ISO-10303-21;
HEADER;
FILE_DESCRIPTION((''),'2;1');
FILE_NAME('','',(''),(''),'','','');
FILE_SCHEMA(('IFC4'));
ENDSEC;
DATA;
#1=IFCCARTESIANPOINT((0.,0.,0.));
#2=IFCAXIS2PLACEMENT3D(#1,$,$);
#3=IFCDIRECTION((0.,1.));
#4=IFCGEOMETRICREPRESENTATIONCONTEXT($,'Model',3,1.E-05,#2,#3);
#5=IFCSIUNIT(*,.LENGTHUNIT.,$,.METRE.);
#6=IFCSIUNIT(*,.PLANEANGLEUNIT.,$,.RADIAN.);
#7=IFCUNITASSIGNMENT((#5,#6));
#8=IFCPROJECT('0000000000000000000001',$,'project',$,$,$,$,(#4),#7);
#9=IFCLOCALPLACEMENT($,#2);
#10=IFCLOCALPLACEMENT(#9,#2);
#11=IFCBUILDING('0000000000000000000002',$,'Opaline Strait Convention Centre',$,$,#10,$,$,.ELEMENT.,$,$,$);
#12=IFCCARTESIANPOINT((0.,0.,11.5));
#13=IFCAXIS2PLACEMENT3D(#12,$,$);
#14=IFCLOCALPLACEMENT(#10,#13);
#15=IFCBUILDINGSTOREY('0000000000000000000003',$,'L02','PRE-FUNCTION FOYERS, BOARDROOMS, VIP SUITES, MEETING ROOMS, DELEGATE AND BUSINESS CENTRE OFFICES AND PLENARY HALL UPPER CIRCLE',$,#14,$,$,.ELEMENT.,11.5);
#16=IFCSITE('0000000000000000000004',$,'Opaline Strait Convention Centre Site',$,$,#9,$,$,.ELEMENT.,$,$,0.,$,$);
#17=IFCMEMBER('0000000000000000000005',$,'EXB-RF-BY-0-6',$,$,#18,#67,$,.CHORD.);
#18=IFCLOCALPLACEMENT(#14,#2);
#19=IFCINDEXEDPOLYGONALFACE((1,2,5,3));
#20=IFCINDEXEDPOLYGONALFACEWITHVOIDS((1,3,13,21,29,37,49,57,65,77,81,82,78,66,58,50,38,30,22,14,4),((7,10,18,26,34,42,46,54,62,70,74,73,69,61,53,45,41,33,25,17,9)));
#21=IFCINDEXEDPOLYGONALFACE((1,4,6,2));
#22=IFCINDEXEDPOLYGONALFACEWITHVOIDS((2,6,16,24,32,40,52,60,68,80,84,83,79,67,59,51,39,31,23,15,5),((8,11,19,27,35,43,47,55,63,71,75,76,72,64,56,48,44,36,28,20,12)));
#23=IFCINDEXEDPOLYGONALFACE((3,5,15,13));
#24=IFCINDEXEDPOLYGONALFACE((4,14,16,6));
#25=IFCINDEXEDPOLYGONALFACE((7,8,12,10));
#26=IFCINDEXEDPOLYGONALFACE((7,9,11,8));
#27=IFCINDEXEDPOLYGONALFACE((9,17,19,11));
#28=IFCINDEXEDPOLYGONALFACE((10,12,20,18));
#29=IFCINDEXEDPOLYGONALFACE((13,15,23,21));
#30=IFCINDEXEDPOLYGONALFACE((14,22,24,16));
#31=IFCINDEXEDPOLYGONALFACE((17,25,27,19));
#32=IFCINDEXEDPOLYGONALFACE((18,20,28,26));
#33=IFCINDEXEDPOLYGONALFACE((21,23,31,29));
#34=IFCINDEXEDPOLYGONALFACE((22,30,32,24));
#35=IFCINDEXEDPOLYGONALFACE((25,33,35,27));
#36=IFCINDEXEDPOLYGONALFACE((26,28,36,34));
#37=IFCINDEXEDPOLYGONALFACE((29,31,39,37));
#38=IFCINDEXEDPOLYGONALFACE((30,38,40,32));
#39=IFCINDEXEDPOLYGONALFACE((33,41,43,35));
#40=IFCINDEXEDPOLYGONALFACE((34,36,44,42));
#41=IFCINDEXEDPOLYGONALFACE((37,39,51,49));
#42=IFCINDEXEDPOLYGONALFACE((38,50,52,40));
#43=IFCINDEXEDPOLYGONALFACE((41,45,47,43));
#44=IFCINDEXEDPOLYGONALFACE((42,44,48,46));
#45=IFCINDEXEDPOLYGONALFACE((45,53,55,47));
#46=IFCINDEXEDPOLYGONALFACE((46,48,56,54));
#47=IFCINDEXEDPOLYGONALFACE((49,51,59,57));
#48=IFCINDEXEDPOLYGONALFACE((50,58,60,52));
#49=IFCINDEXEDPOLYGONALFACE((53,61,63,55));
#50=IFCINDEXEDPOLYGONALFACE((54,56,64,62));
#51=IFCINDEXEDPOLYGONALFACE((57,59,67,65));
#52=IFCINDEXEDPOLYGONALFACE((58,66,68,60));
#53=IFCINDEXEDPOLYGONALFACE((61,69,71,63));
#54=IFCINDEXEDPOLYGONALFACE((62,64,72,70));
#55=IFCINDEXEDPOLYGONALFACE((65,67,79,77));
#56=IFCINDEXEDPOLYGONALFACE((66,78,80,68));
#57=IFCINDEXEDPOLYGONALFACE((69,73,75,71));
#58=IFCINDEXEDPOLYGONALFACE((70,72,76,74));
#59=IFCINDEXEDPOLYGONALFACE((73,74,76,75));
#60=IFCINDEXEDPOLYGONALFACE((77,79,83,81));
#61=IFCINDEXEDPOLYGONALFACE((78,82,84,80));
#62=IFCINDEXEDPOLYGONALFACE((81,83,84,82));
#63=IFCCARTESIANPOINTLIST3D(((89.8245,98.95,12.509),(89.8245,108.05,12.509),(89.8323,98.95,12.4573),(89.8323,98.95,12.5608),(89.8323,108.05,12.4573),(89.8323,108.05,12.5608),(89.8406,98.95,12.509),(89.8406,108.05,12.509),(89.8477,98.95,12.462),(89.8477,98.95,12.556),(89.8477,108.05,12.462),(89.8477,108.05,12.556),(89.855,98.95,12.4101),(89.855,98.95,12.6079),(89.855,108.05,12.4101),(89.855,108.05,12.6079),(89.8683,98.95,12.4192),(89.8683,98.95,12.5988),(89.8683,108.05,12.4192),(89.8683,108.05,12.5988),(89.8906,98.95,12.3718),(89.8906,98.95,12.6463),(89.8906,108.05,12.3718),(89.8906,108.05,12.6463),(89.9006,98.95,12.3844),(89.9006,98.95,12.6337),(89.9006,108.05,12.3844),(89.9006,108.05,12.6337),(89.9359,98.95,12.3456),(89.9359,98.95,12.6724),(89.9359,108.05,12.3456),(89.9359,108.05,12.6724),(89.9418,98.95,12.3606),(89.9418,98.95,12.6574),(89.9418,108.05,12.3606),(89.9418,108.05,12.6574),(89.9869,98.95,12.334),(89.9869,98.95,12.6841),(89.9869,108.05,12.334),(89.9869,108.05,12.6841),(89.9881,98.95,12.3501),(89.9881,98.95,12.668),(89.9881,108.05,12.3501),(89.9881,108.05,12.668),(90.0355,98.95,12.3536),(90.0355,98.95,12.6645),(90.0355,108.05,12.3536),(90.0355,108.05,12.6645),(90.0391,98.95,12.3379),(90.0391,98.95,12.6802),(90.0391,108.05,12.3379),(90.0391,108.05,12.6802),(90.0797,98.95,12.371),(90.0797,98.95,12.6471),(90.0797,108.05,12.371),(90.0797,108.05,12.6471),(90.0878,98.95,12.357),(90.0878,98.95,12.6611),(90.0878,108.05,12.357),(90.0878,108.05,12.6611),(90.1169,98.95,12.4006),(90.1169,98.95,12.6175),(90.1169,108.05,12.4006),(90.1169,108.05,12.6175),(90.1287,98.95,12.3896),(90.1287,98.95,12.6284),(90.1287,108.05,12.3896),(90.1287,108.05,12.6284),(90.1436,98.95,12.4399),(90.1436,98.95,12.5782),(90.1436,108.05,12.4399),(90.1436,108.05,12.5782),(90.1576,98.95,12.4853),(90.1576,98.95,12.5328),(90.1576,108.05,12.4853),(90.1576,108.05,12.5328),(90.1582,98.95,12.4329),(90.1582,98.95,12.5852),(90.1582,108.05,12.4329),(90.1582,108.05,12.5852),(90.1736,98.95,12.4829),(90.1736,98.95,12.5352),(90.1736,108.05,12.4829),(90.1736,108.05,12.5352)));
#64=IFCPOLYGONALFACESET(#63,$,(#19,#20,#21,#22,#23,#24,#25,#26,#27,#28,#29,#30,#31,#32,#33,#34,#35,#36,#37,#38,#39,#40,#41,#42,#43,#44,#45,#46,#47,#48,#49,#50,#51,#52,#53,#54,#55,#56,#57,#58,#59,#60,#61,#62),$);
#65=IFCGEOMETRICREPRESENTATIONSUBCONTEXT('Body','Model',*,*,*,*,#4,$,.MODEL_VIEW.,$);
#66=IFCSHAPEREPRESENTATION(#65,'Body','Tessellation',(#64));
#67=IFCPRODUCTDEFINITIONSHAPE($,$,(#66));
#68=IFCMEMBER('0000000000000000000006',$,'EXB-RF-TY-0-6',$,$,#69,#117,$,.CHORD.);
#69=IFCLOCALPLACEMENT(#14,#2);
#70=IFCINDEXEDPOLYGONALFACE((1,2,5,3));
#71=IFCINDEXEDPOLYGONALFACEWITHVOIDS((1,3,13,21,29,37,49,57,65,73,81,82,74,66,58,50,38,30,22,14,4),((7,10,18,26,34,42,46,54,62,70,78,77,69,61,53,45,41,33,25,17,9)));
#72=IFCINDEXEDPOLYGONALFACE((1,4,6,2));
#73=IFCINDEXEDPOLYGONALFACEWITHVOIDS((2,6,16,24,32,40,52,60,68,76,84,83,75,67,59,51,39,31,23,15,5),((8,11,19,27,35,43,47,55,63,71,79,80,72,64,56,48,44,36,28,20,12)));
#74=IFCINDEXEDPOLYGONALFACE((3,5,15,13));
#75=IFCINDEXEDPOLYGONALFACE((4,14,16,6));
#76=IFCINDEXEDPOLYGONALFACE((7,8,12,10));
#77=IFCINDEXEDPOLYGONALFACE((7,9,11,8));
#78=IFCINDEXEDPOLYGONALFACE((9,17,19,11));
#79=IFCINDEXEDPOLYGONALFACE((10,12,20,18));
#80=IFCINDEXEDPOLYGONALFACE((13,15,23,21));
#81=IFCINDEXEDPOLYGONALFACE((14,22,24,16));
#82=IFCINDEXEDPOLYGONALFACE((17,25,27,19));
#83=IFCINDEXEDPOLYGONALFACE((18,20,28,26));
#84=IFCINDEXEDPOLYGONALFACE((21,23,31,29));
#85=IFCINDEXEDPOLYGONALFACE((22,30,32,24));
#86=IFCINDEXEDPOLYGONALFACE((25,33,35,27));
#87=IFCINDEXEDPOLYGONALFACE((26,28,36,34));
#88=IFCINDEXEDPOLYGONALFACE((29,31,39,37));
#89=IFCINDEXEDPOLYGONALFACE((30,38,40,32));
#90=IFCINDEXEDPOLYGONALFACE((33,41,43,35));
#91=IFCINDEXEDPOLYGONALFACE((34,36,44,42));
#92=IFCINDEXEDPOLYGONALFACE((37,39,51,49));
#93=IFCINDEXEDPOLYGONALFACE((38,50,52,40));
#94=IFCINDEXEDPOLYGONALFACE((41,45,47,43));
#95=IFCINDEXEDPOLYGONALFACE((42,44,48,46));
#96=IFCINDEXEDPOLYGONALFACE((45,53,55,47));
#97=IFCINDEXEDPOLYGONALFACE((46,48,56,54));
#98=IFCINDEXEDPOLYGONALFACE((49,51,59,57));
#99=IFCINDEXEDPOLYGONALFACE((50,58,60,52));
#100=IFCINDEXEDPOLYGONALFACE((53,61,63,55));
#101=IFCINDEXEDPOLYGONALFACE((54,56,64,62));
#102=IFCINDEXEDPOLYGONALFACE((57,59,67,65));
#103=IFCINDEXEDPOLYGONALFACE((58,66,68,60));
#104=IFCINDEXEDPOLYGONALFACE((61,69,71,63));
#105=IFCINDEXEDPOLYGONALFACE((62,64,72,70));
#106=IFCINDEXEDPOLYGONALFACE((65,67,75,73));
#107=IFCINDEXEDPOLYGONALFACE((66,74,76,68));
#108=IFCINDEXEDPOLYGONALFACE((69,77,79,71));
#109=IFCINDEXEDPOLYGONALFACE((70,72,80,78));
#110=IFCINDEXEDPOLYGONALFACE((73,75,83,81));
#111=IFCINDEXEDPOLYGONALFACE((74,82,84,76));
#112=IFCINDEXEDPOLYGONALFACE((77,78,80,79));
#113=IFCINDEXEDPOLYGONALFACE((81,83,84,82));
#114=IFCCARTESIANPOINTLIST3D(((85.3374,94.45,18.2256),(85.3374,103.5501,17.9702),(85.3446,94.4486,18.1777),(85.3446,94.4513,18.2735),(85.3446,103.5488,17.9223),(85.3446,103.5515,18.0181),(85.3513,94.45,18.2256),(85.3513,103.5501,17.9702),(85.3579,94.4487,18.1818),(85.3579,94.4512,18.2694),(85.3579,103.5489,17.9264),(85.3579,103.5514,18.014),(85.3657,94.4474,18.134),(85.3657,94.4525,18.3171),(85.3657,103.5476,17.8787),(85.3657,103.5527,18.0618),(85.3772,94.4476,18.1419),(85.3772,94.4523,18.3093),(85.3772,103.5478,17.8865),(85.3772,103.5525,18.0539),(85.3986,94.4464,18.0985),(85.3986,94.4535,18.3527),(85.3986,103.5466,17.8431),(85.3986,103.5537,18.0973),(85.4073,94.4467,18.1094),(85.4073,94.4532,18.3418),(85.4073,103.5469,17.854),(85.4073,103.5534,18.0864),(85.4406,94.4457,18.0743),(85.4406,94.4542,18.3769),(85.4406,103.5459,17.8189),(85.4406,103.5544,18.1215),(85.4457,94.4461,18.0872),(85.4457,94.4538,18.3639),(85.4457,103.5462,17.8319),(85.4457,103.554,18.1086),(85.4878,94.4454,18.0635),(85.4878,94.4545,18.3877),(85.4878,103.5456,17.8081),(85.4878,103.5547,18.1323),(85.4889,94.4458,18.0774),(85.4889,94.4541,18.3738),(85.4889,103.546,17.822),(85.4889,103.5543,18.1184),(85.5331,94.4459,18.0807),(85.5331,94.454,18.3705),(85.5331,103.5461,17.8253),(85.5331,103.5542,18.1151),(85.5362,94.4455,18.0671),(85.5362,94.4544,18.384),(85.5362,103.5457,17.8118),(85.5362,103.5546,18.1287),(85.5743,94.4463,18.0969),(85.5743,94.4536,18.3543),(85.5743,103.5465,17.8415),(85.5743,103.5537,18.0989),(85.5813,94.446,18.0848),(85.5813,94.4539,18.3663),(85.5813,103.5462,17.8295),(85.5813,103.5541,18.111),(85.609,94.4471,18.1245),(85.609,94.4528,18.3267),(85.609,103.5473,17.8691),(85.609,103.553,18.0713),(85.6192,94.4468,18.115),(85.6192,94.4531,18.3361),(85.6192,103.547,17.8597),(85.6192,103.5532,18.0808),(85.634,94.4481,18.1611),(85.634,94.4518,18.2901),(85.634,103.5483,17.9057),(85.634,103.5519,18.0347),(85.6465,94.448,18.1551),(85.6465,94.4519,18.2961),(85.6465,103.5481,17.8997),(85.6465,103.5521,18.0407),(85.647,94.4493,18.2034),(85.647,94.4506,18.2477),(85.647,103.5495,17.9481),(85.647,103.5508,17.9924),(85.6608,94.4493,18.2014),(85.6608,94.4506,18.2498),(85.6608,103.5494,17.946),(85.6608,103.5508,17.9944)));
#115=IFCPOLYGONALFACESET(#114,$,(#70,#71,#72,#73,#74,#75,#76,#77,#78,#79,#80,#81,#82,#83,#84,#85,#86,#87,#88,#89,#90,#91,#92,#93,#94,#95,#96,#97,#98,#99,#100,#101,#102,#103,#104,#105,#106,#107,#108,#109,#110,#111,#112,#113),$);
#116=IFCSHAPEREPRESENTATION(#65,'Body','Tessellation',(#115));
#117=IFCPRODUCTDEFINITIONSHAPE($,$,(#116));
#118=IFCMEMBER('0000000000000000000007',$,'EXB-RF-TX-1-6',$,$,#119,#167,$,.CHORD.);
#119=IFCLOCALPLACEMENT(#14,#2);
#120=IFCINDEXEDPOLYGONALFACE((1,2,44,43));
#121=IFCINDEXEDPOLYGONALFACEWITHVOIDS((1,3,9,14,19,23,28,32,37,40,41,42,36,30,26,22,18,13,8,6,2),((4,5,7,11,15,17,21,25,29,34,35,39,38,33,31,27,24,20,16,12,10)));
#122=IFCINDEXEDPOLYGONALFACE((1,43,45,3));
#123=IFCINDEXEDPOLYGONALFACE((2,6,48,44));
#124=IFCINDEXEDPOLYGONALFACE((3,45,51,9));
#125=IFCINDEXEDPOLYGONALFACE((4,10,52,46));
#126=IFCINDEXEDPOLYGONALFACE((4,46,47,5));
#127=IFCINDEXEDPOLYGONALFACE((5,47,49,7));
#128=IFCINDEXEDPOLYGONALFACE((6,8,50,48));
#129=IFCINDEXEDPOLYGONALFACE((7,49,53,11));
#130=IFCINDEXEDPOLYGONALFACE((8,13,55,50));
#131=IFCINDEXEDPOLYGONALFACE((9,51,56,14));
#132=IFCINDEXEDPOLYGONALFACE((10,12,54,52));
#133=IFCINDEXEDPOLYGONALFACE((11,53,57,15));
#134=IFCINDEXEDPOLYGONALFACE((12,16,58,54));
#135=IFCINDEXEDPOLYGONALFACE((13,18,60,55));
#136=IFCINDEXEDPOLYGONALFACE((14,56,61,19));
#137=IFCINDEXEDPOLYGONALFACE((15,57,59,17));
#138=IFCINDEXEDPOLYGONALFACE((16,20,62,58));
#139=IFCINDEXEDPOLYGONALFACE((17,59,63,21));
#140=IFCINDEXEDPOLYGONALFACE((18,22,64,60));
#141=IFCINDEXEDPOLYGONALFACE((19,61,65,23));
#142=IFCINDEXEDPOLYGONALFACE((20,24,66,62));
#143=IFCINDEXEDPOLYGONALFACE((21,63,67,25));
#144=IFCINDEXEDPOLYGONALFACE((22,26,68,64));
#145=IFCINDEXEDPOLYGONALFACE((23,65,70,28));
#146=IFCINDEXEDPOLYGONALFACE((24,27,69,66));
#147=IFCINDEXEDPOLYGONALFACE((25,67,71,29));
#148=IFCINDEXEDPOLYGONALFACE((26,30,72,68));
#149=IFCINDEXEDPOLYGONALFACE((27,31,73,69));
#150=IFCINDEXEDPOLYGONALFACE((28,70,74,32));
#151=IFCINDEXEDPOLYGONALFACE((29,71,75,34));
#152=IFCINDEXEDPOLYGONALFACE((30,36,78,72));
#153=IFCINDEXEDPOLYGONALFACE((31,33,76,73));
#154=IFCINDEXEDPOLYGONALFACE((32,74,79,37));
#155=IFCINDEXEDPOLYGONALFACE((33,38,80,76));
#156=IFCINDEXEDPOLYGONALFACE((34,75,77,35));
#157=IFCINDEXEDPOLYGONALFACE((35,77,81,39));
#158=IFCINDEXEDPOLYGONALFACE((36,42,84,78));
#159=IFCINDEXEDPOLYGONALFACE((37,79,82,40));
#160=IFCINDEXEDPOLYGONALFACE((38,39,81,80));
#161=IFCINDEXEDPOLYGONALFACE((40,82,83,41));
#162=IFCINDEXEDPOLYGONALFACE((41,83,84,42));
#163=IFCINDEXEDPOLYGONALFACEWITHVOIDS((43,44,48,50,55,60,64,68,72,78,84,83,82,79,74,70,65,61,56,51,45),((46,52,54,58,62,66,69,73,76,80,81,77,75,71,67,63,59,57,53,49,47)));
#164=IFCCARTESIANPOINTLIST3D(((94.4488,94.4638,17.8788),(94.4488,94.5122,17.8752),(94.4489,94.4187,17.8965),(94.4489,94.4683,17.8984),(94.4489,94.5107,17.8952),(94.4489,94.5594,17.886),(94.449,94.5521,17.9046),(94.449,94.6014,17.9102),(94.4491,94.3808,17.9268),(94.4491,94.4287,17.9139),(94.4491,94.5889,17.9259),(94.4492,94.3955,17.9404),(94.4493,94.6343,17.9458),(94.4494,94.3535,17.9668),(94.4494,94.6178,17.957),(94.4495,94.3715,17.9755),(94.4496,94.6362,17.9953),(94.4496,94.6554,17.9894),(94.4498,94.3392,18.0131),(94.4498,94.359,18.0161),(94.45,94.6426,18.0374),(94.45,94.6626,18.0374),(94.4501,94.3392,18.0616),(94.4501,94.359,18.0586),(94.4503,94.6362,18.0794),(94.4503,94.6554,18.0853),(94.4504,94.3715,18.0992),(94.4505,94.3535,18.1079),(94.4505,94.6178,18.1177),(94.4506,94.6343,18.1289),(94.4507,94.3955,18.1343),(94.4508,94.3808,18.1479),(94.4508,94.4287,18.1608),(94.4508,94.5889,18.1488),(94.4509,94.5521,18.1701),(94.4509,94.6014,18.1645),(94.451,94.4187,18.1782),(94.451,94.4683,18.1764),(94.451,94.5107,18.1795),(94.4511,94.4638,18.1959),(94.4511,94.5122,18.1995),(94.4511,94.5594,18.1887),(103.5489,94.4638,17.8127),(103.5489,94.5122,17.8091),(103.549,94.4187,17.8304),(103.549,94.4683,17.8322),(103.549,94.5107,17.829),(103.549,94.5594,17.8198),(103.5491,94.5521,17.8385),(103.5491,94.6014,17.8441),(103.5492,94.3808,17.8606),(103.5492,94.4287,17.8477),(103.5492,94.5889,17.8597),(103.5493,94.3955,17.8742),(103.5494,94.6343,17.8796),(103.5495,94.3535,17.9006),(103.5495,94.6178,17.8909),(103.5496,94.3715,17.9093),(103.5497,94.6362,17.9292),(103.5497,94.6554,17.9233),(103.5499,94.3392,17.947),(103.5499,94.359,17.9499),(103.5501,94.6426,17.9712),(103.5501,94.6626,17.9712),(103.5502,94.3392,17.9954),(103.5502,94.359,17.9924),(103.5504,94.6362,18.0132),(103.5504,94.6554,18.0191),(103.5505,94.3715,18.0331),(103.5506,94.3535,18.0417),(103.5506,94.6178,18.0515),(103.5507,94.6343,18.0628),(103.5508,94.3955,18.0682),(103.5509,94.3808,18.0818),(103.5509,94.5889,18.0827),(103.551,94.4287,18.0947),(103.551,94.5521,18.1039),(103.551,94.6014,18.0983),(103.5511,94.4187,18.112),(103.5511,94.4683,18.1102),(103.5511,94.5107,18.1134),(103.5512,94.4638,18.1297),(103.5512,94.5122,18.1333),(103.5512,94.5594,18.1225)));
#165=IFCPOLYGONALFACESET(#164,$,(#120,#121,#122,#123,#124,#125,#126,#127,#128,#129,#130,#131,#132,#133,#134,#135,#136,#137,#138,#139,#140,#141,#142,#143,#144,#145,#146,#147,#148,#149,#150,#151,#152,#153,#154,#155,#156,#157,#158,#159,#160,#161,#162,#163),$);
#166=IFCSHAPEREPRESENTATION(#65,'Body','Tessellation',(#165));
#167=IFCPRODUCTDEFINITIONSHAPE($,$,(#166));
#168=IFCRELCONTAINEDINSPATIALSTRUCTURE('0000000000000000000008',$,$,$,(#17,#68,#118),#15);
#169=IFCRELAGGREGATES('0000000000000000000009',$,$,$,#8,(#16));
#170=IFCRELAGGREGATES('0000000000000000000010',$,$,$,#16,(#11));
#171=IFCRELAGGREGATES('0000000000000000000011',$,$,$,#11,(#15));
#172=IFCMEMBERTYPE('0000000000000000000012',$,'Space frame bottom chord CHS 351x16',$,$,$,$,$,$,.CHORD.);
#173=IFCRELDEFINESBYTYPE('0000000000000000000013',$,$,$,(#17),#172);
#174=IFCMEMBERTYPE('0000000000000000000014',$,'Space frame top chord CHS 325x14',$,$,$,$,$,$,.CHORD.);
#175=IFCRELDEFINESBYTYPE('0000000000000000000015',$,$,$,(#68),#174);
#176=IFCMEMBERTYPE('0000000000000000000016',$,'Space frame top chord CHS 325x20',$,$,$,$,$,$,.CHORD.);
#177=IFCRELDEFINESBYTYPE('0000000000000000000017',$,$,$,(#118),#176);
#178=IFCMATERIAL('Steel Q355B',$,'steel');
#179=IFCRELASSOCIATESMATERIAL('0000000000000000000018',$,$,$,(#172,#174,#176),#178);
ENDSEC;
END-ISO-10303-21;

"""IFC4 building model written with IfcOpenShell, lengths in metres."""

from ifc_helpers import new_model, si_unit, direction, frame, origin, origin_2d, place, context, subcontext, project, spatial, hollow_circle, extrude, material, material_profile, profile_set, type_object, element, save


model = new_model("IFC4")

# Units and contexts
model_context = context("Model", 3, precision=1e-05, world=origin(), true_north=direction((0.0, 1.0)))
body_context = subcontext(model_context, "Body", "Model", "MODEL_VIEW")
ifc_project = project(units=[si_unit("LENGTHUNIT", "METRE"), si_unit("PLANEANGLEUNIT", "RADIAN")], contexts=[model_context])

# Site, building, storey
site_placement = place(None, origin())
site = spatial("IfcSite", under=ifc_project, at=site_placement, Name="Opaline Strait Convention Centre Site", CompositionType="ELEMENT", RefElevation=0.0)
building_placement = place(site_placement, origin())
building = spatial("IfcBuilding", under=site, at=building_placement, Name="Opaline Strait Convention Centre", CompositionType="ELEMENT")
storey_placement = place(building_placement, frame((0.0, 0.0, 11.5)))
storey = spatial("IfcBuildingStorey", under=building, at=storey_placement, Name="L02", Description="PRE-FUNCTION FOYERS, BOARDROOMS, VIP SUITES, MEETING ROOMS, DELEGATE AND BUSINESS CENTRE OFFICES AND PLENARY HALL UPPER CIRCLE", CompositionType="ELEMENT", Elevation=11.5)

# Members
ifc_material_1 = material(Name="Steel Q355B", Category="steel")
ifc_material_profile_1 = material_profile(ifc_material_1, hollow_circle(Radius=0.1755, WallThickness=0.0161, at=origin_2d()), Name="CHS 351x16")
ifc_profile_set_1 = profile_set([ifc_material_profile_1], Name="Steel Q355B")
member_type_1 = type_object("IfcMemberType", Name="Space frame bottom chord CHS 351x16", PredefinedType="CHORD", material=ifc_profile_set_1)
member_1_placement = place(storey_placement, frame((90.0, 98.95, 12.509), z_axis=(0.0, 1.0, 0.0), x_axis=(-1.0, 0.0, 0.0)))
element("IfcMember", 1, at=member_1_placement, inside=storey, type_object=member_type_1, Name="EXB-RF-BY-0-6", PredefinedType="CHORD", context=body_context, shape_type="SweptSolid", body=[
    extrude(hollow_circle(Radius=0.1755, WallThickness=0.0161, at=origin_2d()), origin(), (0.0, 0.0, 1.0), 9.1001),
])
ifc_material_profile_2 = material_profile(ifc_material_1, hollow_circle(Radius=0.1626, WallThickness=0.0139, at=origin_2d()), Name="CHS 325x14")
ifc_profile_set_2 = profile_set([ifc_material_profile_2], Name="Steel Q355B")
member_type_2 = type_object("IfcMemberType", Name="Space frame top chord CHS 325x14", PredefinedType="CHORD", material=ifc_profile_set_2)
member_2_placement = place(storey_placement, frame((85.5, 94.45, 18.2256), z_axis=(0.0, 0.999606, -0.028051), x_axis=(-1.0, 0.0, 0.0)))
element("IfcMember", 2, at=member_2_placement, inside=storey, type_object=member_type_2, Name="EXB-RF-TY-0-6", PredefinedType="CHORD", context=body_context, shape_type="SweptSolid", body=[
    extrude(hollow_circle(Radius=0.1626, WallThickness=0.0139, at=origin_2d()), origin(), (0.0, 0.0, 1.0), 9.1038),
])
ifc_material_profile_3 = material_profile(ifc_material_1, hollow_circle(Radius=0.1626, WallThickness=0.02, at=origin_2d()), Name="CHS 325x20")
ifc_profile_set_3 = profile_set([ifc_material_profile_3], Name="Steel Q355B")
member_type_3 = type_object("IfcMemberType", Name="Space frame top chord CHS 325x20", PredefinedType="CHORD", material=ifc_profile_set_3)
for number, where, z_axis, x_axis, name in (
    (3, (94.45, 94.5, 18.0374), (0.999974, 0.0, -0.00727), (0.0, 1.0, 0.0), "EXB-RF-TX-1-6"),
):
    element("IfcMember", number, at=place(storey_placement, frame(where, z_axis=z_axis, x_axis=x_axis)), inside=storey, type_object=member_type_3, Name=name, PredefinedType="CHORD", context=body_context, shape_type="SweptSolid", body=[
        extrude(hollow_circle(Radius=0.1626, WallThickness=0.02, at=origin_2d()), origin(), (0.0, 0.0, 1.0), 9.1003),
    ])

save(model, "model.ifc")
